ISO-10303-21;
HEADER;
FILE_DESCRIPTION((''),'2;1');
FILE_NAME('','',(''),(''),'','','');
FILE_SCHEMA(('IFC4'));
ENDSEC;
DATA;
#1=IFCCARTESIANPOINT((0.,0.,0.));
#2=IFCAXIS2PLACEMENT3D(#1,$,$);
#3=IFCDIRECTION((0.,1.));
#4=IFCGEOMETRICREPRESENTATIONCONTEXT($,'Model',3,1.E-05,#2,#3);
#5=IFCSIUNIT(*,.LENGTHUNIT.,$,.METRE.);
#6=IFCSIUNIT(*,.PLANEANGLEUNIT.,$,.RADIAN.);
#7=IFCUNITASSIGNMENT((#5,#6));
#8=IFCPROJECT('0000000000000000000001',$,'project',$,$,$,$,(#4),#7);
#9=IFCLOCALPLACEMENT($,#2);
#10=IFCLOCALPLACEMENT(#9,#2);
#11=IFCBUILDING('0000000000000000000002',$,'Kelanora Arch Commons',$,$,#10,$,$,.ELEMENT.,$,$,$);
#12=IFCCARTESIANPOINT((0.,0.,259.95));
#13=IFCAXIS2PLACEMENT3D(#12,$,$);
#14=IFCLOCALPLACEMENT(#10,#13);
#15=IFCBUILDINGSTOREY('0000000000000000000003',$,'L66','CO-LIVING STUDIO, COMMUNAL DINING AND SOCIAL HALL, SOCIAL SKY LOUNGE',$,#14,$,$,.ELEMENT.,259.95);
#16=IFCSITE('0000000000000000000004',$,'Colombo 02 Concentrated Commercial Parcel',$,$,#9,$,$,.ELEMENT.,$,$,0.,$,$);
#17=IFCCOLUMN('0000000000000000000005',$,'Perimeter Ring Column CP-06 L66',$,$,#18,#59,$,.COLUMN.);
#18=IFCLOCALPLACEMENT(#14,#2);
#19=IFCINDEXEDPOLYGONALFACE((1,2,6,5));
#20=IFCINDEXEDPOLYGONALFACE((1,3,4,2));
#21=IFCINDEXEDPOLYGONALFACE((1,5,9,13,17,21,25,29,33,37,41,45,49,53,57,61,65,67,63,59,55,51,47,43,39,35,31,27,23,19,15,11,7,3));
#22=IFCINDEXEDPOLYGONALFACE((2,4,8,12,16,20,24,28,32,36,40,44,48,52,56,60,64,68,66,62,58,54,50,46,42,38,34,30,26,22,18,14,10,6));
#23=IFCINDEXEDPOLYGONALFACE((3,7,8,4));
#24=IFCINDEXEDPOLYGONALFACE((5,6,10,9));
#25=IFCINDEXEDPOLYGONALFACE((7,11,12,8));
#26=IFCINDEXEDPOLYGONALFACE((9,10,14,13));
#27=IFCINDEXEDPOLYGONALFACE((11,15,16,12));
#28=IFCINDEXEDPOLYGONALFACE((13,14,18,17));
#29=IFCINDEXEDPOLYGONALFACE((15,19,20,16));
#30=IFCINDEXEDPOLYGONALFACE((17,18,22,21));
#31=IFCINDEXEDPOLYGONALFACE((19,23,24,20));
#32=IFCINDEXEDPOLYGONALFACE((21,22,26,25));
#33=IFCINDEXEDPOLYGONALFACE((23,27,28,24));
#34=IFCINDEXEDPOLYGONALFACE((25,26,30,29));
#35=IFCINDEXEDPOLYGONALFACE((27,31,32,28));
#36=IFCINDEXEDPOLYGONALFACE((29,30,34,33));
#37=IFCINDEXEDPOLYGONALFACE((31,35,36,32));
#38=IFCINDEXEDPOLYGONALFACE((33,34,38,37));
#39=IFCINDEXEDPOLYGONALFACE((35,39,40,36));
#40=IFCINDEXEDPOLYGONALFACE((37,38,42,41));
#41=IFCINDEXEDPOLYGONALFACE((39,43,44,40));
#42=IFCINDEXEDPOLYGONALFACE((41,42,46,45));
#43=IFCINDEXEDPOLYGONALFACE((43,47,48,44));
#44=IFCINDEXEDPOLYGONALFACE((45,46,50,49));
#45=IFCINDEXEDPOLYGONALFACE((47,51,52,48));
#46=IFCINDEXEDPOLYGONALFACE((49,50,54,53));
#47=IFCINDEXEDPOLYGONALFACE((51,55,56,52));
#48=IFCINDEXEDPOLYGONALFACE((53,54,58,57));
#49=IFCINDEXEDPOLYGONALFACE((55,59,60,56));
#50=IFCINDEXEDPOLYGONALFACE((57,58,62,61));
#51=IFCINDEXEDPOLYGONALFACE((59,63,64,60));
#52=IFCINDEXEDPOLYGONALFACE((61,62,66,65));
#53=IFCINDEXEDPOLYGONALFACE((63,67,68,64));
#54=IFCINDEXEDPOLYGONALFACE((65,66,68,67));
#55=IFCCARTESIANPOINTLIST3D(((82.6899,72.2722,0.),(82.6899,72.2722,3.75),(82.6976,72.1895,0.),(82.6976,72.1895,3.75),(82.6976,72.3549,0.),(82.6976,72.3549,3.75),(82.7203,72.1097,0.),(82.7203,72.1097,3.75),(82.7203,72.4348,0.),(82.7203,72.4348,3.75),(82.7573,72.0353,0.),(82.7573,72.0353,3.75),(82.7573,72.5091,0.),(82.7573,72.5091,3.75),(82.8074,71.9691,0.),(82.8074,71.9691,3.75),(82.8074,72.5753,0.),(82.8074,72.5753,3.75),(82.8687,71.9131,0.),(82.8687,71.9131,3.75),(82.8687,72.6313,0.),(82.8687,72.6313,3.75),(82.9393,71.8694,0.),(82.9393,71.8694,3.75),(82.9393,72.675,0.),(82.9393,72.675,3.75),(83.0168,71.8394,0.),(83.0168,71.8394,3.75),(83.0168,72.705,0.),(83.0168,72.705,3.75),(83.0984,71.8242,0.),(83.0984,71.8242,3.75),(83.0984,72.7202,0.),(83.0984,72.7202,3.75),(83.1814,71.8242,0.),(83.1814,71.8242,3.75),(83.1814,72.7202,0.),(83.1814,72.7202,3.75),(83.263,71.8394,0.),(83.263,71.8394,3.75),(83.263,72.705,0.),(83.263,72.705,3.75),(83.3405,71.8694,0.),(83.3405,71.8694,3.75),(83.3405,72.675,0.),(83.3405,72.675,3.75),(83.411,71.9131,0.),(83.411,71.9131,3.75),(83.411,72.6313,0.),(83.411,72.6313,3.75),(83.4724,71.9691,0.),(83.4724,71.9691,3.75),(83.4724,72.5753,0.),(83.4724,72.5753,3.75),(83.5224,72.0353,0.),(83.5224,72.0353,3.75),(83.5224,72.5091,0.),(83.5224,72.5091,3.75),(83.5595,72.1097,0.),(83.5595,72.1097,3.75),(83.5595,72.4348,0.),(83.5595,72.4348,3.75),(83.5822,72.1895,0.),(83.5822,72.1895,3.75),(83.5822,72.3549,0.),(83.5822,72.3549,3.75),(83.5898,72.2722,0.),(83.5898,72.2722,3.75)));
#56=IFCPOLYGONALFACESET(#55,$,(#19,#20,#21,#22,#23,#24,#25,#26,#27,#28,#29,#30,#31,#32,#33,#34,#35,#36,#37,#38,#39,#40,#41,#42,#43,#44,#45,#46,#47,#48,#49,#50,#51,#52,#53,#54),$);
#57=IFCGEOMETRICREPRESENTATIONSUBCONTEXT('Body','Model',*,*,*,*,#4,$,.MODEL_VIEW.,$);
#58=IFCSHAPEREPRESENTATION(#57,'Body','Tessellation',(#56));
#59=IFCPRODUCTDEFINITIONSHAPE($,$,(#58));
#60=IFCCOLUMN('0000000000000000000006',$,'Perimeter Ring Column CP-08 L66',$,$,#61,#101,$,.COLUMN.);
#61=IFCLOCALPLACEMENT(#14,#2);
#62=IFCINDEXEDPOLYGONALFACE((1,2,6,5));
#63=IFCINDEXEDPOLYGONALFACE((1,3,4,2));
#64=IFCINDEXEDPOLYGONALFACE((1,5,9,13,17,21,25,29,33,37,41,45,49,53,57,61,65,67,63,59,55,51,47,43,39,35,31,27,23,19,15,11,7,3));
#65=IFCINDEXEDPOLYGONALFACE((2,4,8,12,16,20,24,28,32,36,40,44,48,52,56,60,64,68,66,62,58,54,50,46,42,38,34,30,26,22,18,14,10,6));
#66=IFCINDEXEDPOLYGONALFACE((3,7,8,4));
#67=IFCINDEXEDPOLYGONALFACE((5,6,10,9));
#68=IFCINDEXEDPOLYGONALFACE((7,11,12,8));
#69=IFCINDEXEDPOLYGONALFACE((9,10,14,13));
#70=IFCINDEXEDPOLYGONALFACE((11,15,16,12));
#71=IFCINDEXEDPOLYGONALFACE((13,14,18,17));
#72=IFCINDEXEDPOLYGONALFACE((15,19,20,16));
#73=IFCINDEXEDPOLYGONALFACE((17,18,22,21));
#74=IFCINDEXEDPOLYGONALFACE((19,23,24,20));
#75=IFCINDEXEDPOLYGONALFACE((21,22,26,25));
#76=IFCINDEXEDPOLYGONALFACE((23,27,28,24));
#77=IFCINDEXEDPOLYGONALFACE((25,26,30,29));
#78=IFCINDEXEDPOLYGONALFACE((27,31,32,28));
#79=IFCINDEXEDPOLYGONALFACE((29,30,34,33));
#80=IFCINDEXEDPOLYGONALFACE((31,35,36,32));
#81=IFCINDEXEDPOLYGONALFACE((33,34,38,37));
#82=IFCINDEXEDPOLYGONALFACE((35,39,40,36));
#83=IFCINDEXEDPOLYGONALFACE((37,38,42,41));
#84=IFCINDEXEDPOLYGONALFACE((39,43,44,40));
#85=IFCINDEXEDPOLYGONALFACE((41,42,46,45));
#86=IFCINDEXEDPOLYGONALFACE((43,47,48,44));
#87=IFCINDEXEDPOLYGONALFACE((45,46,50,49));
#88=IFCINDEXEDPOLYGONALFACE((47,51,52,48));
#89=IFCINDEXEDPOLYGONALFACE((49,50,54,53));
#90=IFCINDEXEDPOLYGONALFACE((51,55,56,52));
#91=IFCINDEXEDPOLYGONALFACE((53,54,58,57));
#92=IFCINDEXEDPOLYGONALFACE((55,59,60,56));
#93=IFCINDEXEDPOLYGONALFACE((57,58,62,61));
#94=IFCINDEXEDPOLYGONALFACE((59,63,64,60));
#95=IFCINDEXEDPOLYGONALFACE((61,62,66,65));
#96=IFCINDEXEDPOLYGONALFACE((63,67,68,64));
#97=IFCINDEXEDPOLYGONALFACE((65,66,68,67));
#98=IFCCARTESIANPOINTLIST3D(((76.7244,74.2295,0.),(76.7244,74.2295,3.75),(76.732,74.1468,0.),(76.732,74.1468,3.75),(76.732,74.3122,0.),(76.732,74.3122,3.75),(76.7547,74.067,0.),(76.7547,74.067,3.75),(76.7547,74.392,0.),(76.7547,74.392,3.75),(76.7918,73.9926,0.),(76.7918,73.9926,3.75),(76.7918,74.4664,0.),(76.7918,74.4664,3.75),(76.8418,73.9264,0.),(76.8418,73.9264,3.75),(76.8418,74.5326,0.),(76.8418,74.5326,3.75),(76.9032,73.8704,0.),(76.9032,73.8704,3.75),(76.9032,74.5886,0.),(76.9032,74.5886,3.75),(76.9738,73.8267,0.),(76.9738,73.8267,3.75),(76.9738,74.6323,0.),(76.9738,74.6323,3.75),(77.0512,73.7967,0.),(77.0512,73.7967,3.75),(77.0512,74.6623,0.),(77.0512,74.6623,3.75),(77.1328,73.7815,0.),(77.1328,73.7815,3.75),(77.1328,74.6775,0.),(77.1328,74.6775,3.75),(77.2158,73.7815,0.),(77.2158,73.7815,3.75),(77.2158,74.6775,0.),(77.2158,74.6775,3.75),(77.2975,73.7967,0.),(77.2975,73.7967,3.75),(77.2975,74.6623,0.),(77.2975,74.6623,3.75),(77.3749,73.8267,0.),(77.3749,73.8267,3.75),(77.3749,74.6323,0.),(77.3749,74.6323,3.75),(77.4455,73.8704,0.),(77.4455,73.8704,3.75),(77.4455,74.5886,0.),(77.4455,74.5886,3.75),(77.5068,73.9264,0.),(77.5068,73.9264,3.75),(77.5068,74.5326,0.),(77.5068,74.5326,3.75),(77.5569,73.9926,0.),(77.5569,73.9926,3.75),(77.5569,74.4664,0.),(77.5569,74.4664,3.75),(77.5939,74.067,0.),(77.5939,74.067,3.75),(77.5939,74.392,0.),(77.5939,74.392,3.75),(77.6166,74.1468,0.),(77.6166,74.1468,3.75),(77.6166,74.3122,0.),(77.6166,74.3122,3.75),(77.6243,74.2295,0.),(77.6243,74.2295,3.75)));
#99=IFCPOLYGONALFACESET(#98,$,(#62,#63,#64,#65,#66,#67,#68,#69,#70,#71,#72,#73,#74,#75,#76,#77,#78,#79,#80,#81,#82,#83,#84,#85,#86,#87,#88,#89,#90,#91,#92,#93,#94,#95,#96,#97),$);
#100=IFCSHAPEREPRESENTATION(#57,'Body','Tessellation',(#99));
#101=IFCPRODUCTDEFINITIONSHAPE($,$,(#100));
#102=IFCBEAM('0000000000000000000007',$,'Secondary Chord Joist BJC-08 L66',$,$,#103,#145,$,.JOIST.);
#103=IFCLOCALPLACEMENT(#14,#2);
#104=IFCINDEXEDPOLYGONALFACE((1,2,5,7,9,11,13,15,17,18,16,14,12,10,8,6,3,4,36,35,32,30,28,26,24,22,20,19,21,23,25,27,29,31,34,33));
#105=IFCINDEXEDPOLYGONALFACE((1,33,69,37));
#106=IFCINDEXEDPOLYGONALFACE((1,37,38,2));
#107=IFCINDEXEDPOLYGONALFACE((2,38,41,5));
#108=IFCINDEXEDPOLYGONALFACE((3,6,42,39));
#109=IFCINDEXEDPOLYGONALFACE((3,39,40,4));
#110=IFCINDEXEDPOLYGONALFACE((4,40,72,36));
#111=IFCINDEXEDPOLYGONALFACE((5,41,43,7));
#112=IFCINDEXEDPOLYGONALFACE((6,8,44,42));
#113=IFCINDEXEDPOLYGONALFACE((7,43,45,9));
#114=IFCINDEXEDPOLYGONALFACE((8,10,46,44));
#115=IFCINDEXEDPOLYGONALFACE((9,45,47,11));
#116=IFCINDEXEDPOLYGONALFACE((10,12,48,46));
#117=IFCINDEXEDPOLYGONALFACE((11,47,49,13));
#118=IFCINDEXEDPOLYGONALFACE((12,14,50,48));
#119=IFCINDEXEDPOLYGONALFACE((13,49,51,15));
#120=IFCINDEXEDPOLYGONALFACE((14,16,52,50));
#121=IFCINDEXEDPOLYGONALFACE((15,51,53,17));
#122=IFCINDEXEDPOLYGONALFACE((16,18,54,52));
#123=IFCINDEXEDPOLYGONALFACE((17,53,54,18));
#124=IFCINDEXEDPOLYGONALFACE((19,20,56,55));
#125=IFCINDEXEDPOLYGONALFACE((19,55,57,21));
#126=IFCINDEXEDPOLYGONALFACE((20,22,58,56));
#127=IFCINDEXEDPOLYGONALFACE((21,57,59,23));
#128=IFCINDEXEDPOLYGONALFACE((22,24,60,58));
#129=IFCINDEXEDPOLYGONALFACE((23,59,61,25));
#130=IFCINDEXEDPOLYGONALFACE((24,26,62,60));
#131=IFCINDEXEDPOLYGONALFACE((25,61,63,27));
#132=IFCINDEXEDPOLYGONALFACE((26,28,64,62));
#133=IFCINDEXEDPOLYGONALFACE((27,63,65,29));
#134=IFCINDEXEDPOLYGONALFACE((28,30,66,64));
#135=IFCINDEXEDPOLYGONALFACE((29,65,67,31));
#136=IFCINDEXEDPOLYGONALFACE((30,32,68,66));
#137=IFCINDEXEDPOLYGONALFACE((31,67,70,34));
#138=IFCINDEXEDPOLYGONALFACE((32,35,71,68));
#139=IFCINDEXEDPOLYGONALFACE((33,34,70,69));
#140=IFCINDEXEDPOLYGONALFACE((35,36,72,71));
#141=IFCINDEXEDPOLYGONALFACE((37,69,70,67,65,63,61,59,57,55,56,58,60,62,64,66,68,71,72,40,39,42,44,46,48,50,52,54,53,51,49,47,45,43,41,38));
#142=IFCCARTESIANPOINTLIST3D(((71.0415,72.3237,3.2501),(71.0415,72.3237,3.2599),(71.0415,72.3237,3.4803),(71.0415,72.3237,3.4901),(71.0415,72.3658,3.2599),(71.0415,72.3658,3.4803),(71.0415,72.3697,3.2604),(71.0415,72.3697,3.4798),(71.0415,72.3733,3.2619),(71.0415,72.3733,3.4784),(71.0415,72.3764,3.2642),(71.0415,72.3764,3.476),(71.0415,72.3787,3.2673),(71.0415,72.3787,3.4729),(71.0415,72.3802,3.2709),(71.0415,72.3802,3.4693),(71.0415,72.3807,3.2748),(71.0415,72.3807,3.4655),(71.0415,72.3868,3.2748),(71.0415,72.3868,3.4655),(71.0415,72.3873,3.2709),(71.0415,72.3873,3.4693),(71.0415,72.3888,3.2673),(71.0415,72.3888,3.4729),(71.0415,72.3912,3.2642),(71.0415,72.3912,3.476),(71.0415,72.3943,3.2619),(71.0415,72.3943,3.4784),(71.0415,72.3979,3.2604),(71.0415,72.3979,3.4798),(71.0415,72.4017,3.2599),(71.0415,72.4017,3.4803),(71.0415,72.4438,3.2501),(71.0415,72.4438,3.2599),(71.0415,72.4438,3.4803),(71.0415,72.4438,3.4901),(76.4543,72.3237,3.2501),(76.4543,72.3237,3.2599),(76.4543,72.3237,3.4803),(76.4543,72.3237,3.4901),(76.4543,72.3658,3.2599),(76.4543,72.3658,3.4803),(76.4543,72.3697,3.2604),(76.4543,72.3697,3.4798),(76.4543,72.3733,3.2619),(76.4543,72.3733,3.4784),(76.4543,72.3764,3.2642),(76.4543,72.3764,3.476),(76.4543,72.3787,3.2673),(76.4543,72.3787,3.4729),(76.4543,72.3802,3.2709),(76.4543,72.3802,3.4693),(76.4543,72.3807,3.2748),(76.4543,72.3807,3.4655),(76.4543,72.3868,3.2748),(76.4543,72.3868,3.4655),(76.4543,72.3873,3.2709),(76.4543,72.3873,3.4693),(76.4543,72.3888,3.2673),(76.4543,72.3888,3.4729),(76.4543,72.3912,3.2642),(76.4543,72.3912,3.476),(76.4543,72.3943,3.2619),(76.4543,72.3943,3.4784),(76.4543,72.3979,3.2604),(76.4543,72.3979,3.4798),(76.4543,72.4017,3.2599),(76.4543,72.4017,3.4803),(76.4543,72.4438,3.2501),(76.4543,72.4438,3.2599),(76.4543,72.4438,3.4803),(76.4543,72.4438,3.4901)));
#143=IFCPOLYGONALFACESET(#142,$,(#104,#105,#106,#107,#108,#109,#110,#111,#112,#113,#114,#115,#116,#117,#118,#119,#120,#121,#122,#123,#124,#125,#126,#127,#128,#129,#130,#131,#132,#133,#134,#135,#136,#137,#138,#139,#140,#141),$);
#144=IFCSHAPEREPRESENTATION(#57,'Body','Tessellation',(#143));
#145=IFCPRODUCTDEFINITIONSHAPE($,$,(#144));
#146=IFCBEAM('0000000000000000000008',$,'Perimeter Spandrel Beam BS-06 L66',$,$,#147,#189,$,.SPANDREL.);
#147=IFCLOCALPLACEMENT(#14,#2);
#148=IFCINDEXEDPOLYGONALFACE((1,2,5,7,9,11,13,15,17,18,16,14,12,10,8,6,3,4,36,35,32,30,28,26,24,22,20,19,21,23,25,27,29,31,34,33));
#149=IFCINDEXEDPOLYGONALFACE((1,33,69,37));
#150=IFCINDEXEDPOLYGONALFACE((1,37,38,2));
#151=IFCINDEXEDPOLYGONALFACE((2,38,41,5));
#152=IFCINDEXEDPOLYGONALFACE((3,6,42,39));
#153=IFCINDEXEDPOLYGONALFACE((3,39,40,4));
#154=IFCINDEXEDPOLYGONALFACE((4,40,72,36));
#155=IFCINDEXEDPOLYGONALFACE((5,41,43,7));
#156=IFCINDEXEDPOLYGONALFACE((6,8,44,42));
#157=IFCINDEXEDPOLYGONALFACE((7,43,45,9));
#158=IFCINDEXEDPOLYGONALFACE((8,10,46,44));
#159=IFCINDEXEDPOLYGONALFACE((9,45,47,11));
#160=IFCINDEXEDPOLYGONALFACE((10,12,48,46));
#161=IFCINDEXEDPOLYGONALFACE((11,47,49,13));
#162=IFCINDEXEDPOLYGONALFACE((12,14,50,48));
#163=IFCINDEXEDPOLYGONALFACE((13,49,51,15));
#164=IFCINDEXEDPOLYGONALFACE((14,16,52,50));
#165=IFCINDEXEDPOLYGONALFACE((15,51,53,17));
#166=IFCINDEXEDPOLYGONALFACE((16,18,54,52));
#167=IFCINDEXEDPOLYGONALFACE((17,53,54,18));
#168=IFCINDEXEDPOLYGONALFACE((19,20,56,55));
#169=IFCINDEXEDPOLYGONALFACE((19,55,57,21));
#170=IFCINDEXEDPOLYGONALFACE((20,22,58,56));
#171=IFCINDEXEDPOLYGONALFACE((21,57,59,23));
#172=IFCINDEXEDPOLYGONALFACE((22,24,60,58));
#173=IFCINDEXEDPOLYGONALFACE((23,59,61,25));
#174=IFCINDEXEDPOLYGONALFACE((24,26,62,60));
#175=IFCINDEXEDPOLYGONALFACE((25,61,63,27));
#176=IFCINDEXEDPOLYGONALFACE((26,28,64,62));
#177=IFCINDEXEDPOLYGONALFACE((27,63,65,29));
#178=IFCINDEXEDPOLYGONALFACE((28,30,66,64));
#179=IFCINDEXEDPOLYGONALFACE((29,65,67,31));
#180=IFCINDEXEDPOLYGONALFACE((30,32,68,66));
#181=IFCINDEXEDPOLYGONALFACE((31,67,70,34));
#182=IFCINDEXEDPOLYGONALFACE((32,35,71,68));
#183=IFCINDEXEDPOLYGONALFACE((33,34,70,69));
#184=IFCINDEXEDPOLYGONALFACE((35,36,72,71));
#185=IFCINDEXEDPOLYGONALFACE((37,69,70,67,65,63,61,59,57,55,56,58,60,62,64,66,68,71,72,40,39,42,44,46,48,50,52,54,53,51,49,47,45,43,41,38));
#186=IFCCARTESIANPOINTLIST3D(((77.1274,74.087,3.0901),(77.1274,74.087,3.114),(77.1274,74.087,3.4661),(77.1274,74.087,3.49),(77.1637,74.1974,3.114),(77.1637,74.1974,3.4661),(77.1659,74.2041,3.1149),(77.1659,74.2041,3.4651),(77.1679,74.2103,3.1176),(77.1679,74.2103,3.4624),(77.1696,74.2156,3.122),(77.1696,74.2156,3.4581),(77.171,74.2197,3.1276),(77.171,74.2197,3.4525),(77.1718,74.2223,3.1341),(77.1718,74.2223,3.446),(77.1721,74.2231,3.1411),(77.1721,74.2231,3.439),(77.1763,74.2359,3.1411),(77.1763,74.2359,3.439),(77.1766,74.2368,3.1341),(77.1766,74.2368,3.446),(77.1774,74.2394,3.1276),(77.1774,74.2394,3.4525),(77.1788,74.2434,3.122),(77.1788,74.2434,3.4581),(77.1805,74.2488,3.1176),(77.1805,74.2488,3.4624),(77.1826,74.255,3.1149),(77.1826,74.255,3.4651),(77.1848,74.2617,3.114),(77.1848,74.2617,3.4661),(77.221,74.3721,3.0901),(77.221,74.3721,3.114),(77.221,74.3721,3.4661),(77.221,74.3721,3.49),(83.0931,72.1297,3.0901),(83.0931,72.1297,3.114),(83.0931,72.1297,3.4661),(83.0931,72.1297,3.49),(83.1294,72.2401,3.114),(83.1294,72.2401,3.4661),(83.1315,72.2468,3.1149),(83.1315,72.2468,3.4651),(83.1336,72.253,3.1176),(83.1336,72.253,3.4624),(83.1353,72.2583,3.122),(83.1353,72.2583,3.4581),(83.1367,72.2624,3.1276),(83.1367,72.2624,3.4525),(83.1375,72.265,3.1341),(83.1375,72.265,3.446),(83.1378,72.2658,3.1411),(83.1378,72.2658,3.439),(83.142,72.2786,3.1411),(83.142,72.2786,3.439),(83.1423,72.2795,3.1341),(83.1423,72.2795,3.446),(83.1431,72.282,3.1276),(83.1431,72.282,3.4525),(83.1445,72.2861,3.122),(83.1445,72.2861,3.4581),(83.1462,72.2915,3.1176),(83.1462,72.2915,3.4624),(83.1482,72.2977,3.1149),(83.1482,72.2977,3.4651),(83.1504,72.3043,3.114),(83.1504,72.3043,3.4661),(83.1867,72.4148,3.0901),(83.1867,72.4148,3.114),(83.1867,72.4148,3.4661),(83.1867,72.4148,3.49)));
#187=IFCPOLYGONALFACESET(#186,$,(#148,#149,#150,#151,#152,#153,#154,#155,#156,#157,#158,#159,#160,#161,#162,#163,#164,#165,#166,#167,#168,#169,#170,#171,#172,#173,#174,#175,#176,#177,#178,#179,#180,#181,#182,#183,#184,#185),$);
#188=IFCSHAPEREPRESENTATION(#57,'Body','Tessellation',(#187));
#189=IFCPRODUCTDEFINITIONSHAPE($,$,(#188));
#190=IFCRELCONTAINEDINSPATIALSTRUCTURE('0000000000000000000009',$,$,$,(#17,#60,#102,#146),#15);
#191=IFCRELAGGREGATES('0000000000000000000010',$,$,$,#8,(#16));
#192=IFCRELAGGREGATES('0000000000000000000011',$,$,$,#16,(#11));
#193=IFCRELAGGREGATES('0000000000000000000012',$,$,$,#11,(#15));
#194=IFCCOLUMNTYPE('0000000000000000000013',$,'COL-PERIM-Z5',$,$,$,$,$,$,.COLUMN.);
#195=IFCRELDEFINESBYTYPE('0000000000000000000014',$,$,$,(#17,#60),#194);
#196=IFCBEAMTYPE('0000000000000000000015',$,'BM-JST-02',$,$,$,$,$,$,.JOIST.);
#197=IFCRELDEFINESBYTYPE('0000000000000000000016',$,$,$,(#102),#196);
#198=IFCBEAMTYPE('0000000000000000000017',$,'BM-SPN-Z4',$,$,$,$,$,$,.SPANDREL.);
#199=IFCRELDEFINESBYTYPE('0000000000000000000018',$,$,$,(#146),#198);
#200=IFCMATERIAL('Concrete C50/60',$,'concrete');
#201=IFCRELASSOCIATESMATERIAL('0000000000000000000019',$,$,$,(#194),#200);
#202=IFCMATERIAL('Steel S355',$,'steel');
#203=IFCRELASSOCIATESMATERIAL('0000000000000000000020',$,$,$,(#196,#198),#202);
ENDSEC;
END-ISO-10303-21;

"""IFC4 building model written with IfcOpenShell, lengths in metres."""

from ifc_helpers import new_model, si_unit, direction, frame, origin, origin_2d, place, context, subcontext, project, spatial, circle, i_section, extrude, material, material_profile, profile_set, type_object, element, save


model = new_model("IFC4")

# Units and contexts
model_context = context("Model", 3, precision=1e-05, world=origin(), true_north=direction((0.0, 1.0)))
body_context = subcontext(model_context, "Body", "Model", "MODEL_VIEW")
ifc_project = project(units=[si_unit("LENGTHUNIT", "METRE"), si_unit("PLANEANGLEUNIT", "RADIAN")], contexts=[model_context])

# Site, building, storey
site_placement = place(None, origin())
site = spatial("IfcSite", under=ifc_project, at=site_placement, Name="Colombo 02 Concentrated Commercial Parcel", CompositionType="ELEMENT", RefElevation=0.0)
building_placement = place(site_placement, origin())
building = spatial("IfcBuilding", under=site, at=building_placement, Name="Kelanora Arch Commons", CompositionType="ELEMENT")
storey_placement = place(building_placement, frame((0.0, 0.0, 259.95)))
storey = spatial("IfcBuildingStorey", under=building, at=storey_placement, Name="L66", Description="CO-LIVING STUDIO, COMMUNAL DINING AND SOCIAL HALL, SOCIAL SKY LOUNGE", CompositionType="ELEMENT", Elevation=259.95)

# Columns
ifc_material_1 = material(Name="Concrete C50/60", Category="concrete")
ifc_material_profile_1 = material_profile(ifc_material_1, circle(Radius=0.45, at=origin_2d()), Name="RCC900")
ifc_profile_set_1 = profile_set([ifc_material_profile_1], Name="Concrete C50/60")
column_type = type_object("IfcColumnType", Name="COL-PERIM-Z5", PredefinedType="COLUMN", material=ifc_profile_set_1)
for number, where, z_axis, x_axis, name in (
    (1, (83.1399, 72.2722, 0.0), (0.0, 0.0, 1.0), (1.0, 0.0, 0.0), "Perimeter Ring Column CP-06 L66"),
    (2, (77.1743, 74.2295, 0.0), (0.0, 0.0, 1.0), (1.0, 0.0, 0.0), "Perimeter Ring Column CP-08 L66"),
):
    element("IfcColumn", number, at=place(storey_placement, frame(where, z_axis=z_axis, x_axis=x_axis)), inside=storey, type_object=column_type, Name=name, PredefinedType="COLUMN", context=body_context, shape_type="SweptSolid", body=[
        extrude(circle(Radius=0.45, at=origin_2d()), origin(), (0.0, 0.0, 1.0), 3.75),
    ])

# Beams
ifc_material_2 = material(Name="Steel S355", Category="steel")
ifc_material_profile_2 = material_profile(ifc_material_2, i_section(OverallWidth=0.1201, OverallDepth=0.24, WebThickness=0.0061, FlangeThickness=0.0098, FilletRadius=0.0149, at=origin_2d()), Name="IPE240")
ifc_profile_set_2 = profile_set([ifc_material_profile_2], Name="Steel S355")
beam_type_1 = type_object("IfcBeamType", Name="BM-JST-02", PredefinedType="JOIST", material=ifc_profile_set_2)
beam_1_placement = place(storey_placement, frame((76.4543, 72.3838, 3.3701), z_axis=(-1.0, 0.0, 0.0), x_axis=(0.0, -1.0, 0.0)))
element("IfcBeam", 3, at=beam_1_placement, inside=storey, type_object=beam_type_1, Name="Secondary Chord Joist BJC-08 L66", PredefinedType="JOIST", context=body_context, shape_type="SweptSolid", body=[
    extrude(i_section(OverallWidth=0.1201, OverallDepth=0.24, WebThickness=0.0061, FlangeThickness=0.0098, FilletRadius=0.0149, at=origin_2d()), origin(), (0.0, 0.0, 1.0), 5.4128),
])
ifc_material_profile_3 = material_profile(ifc_material_2, i_section(OverallWidth=0.3, OverallDepth=0.3999, WebThickness=0.0134, FlangeThickness=0.0239, FilletRadius=0.0271, at=origin_2d()), Name="HEB400")
ifc_profile_set_3 = profile_set([ifc_material_profile_3], Name="Steel S355")
beam_type_2 = type_object("IfcBeamType", Name="BM-SPN-Z4", PredefinedType="SPANDREL", material=ifc_profile_set_3)
beam_2_placement = place(storey_placement, frame((83.1399, 72.2722, 3.29), z_axis=(-0.950166, 0.311745, 0.0), x_axis=(-0.311745, -0.950166, 0.0)))
element("IfcBeam", 4, at=beam_2_placement, inside=storey, type_object=beam_type_2, Name="Perimeter Spandrel Beam BS-06 L66", PredefinedType="SPANDREL", context=body_context, shape_type="SweptSolid", body=[
    extrude(i_section(OverallWidth=0.3, OverallDepth=0.3999, WebThickness=0.0134, FlangeThickness=0.0239, FilletRadius=0.0271, at=origin_2d()), origin(), (0.0, 0.0, 1.0), 6.2786),
])

save(model, "model.ifc")
